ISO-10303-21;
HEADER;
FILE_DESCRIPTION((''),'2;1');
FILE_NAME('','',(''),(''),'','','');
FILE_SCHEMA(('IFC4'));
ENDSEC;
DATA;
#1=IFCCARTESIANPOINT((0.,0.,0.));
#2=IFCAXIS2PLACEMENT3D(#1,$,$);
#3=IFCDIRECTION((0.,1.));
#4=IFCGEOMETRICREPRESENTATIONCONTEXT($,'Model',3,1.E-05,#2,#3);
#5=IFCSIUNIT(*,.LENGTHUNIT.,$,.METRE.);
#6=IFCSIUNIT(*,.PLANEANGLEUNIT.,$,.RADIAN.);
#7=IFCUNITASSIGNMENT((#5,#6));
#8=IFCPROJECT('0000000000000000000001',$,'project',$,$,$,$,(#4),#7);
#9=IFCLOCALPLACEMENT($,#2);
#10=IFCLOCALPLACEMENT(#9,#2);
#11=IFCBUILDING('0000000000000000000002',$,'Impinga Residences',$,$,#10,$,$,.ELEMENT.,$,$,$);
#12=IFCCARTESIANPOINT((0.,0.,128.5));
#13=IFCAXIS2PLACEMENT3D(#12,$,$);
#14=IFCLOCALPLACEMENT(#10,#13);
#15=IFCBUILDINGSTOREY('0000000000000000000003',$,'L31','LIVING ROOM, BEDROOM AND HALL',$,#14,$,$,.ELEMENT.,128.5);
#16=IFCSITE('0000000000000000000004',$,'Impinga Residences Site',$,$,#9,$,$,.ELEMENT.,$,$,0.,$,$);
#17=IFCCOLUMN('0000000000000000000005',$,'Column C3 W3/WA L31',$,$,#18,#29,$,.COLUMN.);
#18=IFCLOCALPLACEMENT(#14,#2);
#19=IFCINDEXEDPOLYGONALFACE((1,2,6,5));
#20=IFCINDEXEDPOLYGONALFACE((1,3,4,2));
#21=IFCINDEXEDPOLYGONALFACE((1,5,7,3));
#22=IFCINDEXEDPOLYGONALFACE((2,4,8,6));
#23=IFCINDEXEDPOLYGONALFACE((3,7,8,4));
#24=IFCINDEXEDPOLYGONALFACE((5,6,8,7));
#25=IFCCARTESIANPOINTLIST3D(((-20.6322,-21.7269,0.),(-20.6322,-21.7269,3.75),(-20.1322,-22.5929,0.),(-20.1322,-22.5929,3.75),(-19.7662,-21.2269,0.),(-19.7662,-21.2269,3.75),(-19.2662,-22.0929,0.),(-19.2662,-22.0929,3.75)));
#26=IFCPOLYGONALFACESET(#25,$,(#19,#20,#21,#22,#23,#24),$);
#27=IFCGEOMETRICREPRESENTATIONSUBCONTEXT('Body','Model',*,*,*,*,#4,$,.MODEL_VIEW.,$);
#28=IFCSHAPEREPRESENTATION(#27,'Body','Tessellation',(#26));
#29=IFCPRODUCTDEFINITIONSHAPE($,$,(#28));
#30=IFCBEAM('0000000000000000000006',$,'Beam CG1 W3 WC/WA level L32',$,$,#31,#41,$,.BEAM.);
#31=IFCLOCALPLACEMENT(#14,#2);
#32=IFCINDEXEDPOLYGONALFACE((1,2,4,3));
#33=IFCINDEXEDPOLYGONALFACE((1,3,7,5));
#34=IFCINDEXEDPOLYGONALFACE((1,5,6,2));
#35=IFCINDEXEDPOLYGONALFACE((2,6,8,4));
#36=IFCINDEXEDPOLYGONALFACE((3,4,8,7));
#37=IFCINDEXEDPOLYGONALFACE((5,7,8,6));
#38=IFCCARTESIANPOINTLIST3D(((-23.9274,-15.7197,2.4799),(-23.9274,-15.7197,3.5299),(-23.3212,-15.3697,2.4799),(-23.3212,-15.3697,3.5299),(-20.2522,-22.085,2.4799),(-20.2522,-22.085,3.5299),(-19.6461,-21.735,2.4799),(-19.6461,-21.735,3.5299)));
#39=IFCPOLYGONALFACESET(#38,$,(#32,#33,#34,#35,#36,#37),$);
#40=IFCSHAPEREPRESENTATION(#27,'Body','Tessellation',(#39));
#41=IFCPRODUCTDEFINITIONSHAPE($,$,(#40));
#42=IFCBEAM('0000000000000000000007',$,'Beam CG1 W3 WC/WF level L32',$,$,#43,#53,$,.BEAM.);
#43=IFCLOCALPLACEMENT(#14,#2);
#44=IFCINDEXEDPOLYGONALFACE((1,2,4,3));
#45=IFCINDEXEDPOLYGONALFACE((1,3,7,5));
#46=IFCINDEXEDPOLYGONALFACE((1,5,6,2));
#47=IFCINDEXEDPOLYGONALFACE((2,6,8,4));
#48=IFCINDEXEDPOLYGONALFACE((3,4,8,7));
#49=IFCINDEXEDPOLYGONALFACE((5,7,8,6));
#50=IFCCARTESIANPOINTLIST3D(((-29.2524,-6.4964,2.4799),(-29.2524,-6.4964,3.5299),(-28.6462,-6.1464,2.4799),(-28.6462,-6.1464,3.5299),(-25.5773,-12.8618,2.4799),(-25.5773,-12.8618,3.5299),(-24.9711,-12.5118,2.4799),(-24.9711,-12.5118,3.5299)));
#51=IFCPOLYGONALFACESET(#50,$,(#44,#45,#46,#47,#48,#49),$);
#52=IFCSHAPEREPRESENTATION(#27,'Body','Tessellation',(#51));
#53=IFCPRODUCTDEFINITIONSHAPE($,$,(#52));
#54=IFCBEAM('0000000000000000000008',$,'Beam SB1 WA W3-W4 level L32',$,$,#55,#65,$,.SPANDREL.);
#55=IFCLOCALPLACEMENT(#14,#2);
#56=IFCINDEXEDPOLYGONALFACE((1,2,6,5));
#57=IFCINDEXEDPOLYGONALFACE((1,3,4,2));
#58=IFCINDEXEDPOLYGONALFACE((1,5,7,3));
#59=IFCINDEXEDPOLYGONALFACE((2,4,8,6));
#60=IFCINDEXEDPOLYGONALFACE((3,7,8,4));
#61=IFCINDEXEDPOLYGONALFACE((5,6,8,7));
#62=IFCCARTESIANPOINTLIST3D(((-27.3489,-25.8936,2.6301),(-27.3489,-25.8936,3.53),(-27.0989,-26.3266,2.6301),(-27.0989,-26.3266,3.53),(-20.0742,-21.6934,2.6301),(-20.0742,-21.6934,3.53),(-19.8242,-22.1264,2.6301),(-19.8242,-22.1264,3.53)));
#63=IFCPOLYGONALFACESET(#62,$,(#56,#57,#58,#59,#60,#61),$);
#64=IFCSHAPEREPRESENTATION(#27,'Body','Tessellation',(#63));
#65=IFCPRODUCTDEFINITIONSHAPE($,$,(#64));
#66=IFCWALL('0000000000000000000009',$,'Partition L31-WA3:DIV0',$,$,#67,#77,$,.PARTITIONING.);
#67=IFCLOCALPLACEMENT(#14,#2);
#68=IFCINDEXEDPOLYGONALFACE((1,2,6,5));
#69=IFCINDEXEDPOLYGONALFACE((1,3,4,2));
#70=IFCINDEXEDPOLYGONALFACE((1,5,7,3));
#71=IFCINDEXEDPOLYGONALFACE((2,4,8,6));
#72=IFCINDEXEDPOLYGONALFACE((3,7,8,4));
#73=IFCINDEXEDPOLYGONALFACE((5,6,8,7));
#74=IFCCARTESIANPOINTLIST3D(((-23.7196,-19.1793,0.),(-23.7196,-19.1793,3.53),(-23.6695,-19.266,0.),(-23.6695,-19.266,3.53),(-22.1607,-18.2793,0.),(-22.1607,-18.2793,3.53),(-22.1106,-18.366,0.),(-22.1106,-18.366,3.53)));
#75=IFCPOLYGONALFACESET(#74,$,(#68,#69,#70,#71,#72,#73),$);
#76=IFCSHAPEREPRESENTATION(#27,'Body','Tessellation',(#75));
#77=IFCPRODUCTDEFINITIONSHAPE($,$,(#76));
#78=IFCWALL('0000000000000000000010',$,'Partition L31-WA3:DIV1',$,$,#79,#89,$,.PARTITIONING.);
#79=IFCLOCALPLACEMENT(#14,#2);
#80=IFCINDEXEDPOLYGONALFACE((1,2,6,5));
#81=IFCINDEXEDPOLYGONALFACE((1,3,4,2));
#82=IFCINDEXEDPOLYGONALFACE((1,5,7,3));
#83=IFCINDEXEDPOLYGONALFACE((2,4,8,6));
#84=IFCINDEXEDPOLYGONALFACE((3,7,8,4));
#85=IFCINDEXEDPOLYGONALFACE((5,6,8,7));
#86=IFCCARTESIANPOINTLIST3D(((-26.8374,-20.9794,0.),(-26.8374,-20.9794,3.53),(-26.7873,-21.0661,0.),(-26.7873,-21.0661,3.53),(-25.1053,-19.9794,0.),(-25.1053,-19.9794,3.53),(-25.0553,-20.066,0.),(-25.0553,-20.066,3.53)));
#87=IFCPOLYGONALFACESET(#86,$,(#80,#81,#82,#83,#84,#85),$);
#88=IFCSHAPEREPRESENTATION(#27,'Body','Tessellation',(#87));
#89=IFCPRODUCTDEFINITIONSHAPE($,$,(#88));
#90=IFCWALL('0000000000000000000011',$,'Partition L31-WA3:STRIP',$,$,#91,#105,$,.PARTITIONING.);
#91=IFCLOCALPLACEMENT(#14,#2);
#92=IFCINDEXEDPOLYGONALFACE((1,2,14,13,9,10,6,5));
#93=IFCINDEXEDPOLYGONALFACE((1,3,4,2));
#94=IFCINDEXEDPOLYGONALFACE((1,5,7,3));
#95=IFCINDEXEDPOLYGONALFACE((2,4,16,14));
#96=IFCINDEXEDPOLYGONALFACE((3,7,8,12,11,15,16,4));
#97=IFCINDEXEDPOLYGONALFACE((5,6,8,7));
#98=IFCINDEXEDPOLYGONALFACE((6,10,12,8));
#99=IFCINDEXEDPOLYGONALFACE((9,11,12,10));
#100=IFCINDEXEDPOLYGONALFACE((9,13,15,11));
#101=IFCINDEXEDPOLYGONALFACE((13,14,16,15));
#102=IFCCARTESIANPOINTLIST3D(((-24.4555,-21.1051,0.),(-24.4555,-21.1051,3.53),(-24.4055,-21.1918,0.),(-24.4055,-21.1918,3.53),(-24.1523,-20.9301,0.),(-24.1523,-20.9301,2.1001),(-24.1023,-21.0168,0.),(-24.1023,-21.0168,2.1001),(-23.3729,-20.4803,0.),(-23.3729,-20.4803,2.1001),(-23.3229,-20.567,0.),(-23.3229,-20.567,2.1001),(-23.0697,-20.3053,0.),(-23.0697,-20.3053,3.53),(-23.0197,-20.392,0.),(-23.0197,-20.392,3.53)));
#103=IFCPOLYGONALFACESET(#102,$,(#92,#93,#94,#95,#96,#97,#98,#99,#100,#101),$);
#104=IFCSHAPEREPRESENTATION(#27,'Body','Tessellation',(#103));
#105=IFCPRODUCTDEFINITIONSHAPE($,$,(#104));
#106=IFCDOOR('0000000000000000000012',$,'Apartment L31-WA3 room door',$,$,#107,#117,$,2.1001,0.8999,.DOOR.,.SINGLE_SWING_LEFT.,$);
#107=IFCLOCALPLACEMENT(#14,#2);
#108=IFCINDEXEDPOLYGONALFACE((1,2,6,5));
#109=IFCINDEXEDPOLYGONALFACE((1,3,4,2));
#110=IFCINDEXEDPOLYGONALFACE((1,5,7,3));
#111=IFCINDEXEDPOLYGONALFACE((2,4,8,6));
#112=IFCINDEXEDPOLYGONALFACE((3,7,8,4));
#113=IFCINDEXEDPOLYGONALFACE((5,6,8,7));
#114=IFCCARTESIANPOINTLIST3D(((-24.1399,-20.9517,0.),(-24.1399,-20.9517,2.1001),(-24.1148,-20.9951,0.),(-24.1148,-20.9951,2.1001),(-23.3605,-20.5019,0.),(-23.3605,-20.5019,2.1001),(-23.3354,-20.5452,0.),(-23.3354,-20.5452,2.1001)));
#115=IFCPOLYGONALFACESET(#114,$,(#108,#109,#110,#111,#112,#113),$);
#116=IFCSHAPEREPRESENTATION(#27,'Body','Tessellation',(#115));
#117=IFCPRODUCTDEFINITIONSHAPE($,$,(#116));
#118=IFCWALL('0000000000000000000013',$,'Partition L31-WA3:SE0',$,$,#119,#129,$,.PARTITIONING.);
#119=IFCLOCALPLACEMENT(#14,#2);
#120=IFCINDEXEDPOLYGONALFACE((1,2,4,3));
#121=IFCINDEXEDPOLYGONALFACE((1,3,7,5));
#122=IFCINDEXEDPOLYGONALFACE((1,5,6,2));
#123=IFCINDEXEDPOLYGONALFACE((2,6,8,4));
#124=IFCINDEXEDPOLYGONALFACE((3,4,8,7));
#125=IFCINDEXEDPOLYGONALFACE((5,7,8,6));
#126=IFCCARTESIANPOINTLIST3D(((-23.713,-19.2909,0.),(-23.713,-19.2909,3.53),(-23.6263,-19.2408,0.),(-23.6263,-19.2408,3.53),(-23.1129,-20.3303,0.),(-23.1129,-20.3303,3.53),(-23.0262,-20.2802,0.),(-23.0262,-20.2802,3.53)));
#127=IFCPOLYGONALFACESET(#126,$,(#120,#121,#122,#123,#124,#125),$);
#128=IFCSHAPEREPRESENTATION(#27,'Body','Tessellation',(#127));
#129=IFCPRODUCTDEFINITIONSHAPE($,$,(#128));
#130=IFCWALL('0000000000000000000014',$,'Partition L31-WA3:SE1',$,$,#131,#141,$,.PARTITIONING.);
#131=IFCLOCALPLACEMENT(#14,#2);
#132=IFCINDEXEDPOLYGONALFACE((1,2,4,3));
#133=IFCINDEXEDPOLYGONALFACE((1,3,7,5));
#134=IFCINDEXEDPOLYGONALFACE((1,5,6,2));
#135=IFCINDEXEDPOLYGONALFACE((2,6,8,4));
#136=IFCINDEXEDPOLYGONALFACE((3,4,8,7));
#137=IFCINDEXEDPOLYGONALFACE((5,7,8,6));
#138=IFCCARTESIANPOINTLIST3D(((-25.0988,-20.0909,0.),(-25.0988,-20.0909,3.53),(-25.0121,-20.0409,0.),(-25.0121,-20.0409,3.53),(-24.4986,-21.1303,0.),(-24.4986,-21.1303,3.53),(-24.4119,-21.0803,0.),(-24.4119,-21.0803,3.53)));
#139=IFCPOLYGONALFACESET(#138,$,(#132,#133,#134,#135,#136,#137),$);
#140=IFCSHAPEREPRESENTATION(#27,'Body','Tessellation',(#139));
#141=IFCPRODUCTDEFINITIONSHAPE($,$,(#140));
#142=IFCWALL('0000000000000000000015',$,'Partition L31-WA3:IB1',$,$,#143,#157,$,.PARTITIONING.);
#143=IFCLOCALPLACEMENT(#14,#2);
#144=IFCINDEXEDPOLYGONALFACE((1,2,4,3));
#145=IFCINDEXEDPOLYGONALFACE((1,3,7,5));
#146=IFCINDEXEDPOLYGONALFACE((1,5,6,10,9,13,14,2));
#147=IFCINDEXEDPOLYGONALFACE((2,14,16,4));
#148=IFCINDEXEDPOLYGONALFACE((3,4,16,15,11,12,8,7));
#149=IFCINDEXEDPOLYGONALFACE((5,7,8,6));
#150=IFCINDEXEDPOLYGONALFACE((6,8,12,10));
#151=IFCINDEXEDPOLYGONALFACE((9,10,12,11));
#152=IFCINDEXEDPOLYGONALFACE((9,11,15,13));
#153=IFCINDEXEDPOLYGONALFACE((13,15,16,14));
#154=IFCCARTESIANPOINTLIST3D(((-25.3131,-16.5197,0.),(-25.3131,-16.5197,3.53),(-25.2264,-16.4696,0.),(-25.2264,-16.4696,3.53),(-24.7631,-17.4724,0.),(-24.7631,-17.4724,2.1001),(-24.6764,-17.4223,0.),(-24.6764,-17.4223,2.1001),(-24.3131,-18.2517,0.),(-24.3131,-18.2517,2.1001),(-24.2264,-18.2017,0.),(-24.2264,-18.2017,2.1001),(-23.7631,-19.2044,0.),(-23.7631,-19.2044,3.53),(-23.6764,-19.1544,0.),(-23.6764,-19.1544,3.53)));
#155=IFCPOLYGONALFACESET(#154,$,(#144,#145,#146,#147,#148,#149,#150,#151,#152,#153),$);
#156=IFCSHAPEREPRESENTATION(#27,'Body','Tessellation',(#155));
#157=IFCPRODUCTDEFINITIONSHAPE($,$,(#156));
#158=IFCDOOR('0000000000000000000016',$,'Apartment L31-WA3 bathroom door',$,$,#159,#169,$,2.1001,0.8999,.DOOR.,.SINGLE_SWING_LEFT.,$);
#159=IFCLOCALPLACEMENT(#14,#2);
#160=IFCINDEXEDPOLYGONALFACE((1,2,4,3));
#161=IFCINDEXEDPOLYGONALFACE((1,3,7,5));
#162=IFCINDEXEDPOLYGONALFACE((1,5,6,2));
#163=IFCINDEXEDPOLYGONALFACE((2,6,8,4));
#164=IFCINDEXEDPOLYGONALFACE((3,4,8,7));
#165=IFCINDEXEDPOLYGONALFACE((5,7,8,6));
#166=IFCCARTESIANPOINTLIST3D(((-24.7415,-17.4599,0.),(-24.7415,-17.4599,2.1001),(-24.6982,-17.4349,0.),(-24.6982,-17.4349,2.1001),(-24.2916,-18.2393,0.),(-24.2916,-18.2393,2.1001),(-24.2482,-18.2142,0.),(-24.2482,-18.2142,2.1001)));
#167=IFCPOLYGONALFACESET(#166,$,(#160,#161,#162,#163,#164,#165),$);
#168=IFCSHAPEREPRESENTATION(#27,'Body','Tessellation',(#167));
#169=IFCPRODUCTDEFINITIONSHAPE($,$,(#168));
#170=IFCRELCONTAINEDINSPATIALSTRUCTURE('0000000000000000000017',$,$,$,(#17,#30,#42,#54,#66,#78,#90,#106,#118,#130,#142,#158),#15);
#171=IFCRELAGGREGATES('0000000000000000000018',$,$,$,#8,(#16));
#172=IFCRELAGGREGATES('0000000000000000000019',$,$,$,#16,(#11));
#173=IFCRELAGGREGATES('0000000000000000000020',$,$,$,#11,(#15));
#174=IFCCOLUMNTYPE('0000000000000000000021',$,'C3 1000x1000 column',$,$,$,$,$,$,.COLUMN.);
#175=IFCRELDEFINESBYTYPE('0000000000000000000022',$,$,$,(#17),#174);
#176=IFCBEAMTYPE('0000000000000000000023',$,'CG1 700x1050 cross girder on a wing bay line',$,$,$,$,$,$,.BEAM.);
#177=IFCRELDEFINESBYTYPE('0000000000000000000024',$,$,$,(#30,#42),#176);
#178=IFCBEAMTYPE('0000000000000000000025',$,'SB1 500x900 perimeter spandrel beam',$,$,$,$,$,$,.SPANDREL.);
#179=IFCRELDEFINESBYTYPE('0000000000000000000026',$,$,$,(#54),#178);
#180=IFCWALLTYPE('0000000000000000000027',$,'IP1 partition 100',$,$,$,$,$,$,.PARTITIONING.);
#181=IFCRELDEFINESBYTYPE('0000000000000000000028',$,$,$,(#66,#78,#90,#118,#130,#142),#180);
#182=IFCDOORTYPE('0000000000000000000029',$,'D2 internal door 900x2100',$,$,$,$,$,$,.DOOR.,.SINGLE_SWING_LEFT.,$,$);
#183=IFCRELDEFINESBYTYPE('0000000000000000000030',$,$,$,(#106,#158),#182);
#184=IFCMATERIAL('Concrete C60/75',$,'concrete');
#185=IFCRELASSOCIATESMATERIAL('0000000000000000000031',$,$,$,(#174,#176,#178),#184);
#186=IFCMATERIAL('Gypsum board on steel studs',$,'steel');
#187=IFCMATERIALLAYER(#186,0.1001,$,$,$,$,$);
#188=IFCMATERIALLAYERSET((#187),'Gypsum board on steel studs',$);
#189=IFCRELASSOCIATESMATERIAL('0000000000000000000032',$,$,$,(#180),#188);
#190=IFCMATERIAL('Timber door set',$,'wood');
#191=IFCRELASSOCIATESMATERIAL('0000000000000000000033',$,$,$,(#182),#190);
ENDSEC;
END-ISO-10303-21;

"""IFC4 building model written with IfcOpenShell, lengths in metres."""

from ifc_helpers import new_model, si_unit, direction, frame, frame_2d, origin, origin_2d, place, context, subcontext, project, spatial, rectangle, extrude, material, layer, layer_set, material_profile, profile_set, type_object, element, fill, save


model = new_model("IFC4")

# Units and contexts
model_context = context("Model", 3, precision=1e-05, world=origin(), true_north=direction((0.0, 1.0)))
body_context = subcontext(model_context, "Body", "Model", "MODEL_VIEW")
ifc_project = project(units=[si_unit("LENGTHUNIT", "METRE"), si_unit("PLANEANGLEUNIT", "RADIAN")], contexts=[model_context])

# Site, building, storey
site_placement = place(None, origin())
site = spatial("IfcSite", under=ifc_project, at=site_placement, Name="Impinga Residences Site", CompositionType="ELEMENT", RefElevation=0.0)
building_placement = place(site_placement, origin())
building = spatial("IfcBuilding", under=site, at=building_placement, Name="Impinga Residences", CompositionType="ELEMENT")
storey_placement = place(building_placement, frame((0.0, 0.0, 128.5)))
storey = spatial("IfcBuildingStorey", under=building, at=storey_placement, Name="L31", Description="LIVING ROOM, BEDROOM AND HALL", CompositionType="ELEMENT", Elevation=128.5)

# Column
ifc_material_1 = material(Name="Concrete C60/75", Category="concrete")
ifc_material_profile_1 = material_profile(ifc_material_1, rectangle(XDim=1.0, YDim=1.0, at=origin_2d()), Name="RC 1000x1000")
ifc_profile_set_1 = profile_set([ifc_material_profile_1], Name="Concrete C60/75")
column_type = type_object("IfcColumnType", Name="C3 1000x1000 column", PredefinedType="COLUMN", material=ifc_profile_set_1)
column_placement = place(storey_placement, frame((-19.9492, -21.9099, 0.0), z_axis=(0.0, 0.0, 1.0), x_axis=(-0.5, 0.866025, 0.0)))
element("IfcColumn", 1, at=column_placement, inside=storey, type_object=column_type, Name="Column C3 W3/WA L31", PredefinedType="COLUMN", context=body_context, shape_type="SweptSolid", body=[
    extrude(rectangle(XDim=1.0, YDim=1.0, at=origin_2d()), origin(), (0.0, 0.0, 1.0), 3.75),
])

# Beams
ifc_material_profile_2 = material_profile(ifc_material_1, rectangle(XDim=0.7, YDim=1.05, at=origin_2d()), Name="RC 700x1050")
ifc_profile_set_2 = profile_set([ifc_material_profile_2], Name="Concrete C60/75")
beam_type_1 = type_object("IfcBeamType", Name="CG1 700x1050 cross girder on a wing bay line", PredefinedType="BEAM", material=ifc_profile_set_2)
for number, where, z_axis, x_axis, name in (
    (2, (-23.6243, -15.5447, 3.0049), (0.500008, -0.866021, 0.0), (0.866021, 0.500008, 0.0), "Beam CG1 W3 WC/WA level L32"),
    (3, (-25.2742, -12.6868, 3.0049), (-0.500008, 0.866021, 0.0), (-0.866021, -0.500008, 0.0), "Beam CG1 W3 WC/WF level L32"),
):
    element("IfcBeam", number, at=place(storey_placement, frame(where, z_axis=z_axis, x_axis=x_axis)), inside=storey, type_object=beam_type_1, Name=name, PredefinedType="BEAM", context=body_context, shape_type="SweptSolid", body=[
        extrude(rectangle(XDim=0.7, YDim=1.05, at=origin_2d()), origin(), (0.0, 0.0, 1.0), 7.3501),
    ])
ifc_material_profile_3 = material_profile(ifc_material_1, rectangle(XDim=0.5, YDim=0.8999, at=origin_2d()), Name="RC 500x900")
ifc_profile_set_3 = profile_set([ifc_material_profile_3], Name="Concrete C60/75")
beam_type_2 = type_object("IfcBeamType", Name="SB1 500x900 perimeter spandrel beam", PredefinedType="SPANDREL", material=ifc_profile_set_3)
beam_placement = place(storey_placement, frame((-19.9492, -21.9099, 3.0801), z_axis=(-0.866017, -0.500015, 0.0), x_axis=(0.500015, -0.866017, 0.0)))
element("IfcBeam", 4, at=beam_placement, inside=storey, type_object=beam_type_2, Name="Beam SB1 WA W3-W4 level L32", PredefinedType="SPANDREL", context=body_context, shape_type="SweptSolid", body=[
    extrude(rectangle(XDim=0.5, YDim=0.8999, at=origin_2d()), origin(), (0.0, 0.0, 1.0), 8.4001),
])

# Walls
ifc_material_2 = material(Name="Gypsum board on steel studs", Category="steel")
ifc_layer_1 = layer(ifc_material_2, 0.1001)
ifc_layer_set_1 = layer_set([ifc_layer_1], Name="Gypsum board on steel studs")
wall_type_1 = type_object("IfcWallType", Name="IP1 partition 100", PredefinedType="PARTITIONING", material=ifc_layer_set_1)
wall_1_placement = place(storey_placement, frame((-22.1357, -18.3228, 0.0), z_axis=(0.0, 0.0, 1.0), x_axis=(-0.866048, -0.499961, 0.0)))
element("IfcWall", 5, at=wall_1_placement, inside=storey, type_object=wall_type_1, Name="Partition L31-WA3:DIV0", PredefinedType="PARTITIONING", context=body_context, shape_type="SweptSolid", body=[
    extrude(rectangle(XDim=1.8, YDim=0.1001, at=frame_2d((0.8999, 0.0))), origin(), (0.0, 0.0, 1.0), 3.53),
])
wall_2_placement = place(storey_placement, frame((-25.0803, -20.0227, 0.0), z_axis=(0.0, 0.0, 1.0), x_axis=(-0.866011, -0.500025, 0.0)))
element("IfcWall", 6, at=wall_2_placement, inside=storey, type_object=wall_type_1, Name="Partition L31-WA3:DIV1", PredefinedType="PARTITIONING", context=body_context, shape_type="SweptSolid", body=[
    extrude(rectangle(XDim=2.0, YDim=0.1001, at=frame_2d((1.0, 0.0))), origin(), (0.0, 0.0, 1.0), 3.53),
])

# Wall, opening, door
wall_3_placement = place(storey_placement, frame((-23.0447, -20.3486, 0.0), z_axis=(0.0, 0.0, 1.0), x_axis=(-0.866094, -0.499881, 0.0)))
wall_3 = element("IfcWall", 7, at=wall_3_placement, inside=storey, type_object=wall_type_1, Name="Partition L31-WA3:STRIP", PredefinedType="PARTITIONING", context=body_context, shape_type="SweptSolid", body=[
    extrude(rectangle(XDim=1.6001, YDim=0.1001, at=frame_2d((0.8, 0.0))), origin(), (0.0, 0.0, 1.0), 3.53),
])
opening_1_placement = place(wall_3_placement, frame((0.3501, 0.0, 0.0)))
opening_1 = element("IfcOpeningElement", 8, at=opening_1_placement, cuts=wall_3, PredefinedType="OPENING", context=body_context, shape_type="SweptSolid", body=[
    extrude(rectangle(XDim=0.8999, YDim=2.1001, at=frame_2d((0.45, 1.05))), frame((0.0, 0.0601, 0.0), z_axis=(0.0, -1.0, 0.0), x_axis=(1.0, 0.0, 0.0)), (0.0, 0.0, 1.0), 0.1201),
])
ifc_material_3 = material(Name="Timber door set", Category="wood")
door_type = type_object("IfcDoorType", Name="D2 internal door 900x2100", OperationType="SINGLE_SWING_LEFT", PredefinedType="DOOR", material=ifc_material_3)
door_1_placement = place(opening_1_placement, origin())
door_1 = element("IfcDoor", 9, at=door_1_placement, inside=storey, type_object=door_type, Name="Apartment L31-WA3 room door", OperationType="SINGLE_SWING_LEFT", OverallHeight=2.1001, OverallWidth=0.8999, PredefinedType="DOOR", context=body_context, shape_type="SweptSolid", body=[
    extrude(rectangle(XDim=0.8999, YDim=2.1001, at=frame_2d((0.45, 1.05))), frame((0.0, 0.0249, 0.0), z_axis=(0.0, -1.0, 0.0), x_axis=(1.0, 0.0, 0.0)), (0.0, 0.0, 1.0), 0.05),
])
fill(opening_1, door_1)

# Walls
for number, where, z_axis, x_axis, name in (
    (10, (-23.6697, -19.2659, 0.0), (0.0, 0.0, 1.0), (0.500034, -0.866006, 0.0), "Partition L31-WA3:SE0"),
    (11, (-25.0554, -20.0659, 0.0), (0.0, 0.0, 1.0), (0.500034, -0.866006, 0.0), "Partition L31-WA3:SE1"),
):
    element("IfcWall", number, at=place(storey_placement, frame(where, z_axis=z_axis, x_axis=x_axis)), inside=storey, type_object=wall_type_1, Name=name, PredefinedType="PARTITIONING", context=body_context, shape_type="SweptSolid", body=[
        extrude(rectangle(XDim=1.2002, YDim=0.1001, at=frame_2d((0.6001, 0.0))), origin(), (0.0, 0.0, 1.0), 3.53),
    ])

# Wall, opening, door
wall_4_placement = place(storey_placement, frame((-25.2698, -16.4946, 0.0), z_axis=(0.0, 0.0, 1.0), x_axis=(0.499993, -0.86603, 0.0)))
wall_4 = element("IfcWall", 12, at=wall_4_placement, inside=storey, type_object=wall_type_1, Name="Partition L31-WA3:IB1", PredefinedType="PARTITIONING", context=body_context, shape_type="SweptSolid", body=[
    extrude(rectangle(XDim=3.1001, YDim=0.1001, at=frame_2d((1.55, 0.0))), origin(), (0.0, 0.0, 1.0), 3.53),
])
opening_2_placement = place(wall_4_placement, frame((1.1001, 0.0, 0.0)))
opening_2 = element("IfcOpeningElement", 13, at=opening_2_placement, cuts=wall_4, PredefinedType="OPENING", context=body_context, shape_type="SweptSolid", body=[
    extrude(rectangle(XDim=0.8999, YDim=2.1001, at=frame_2d((0.45, 1.05))), frame((0.0, 0.0601, 0.0), z_axis=(0.0, -1.0, 0.0), x_axis=(1.0, 0.0, 0.0)), (0.0, 0.0, 1.0), 0.1201),
])
door_2_placement = place(opening_2_placement, origin())
door_2 = element("IfcDoor", 14, at=door_2_placement, inside=storey, type_object=door_type, Name="Apartment L31-WA3 bathroom door", OperationType="SINGLE_SWING_LEFT", OverallHeight=2.1001, OverallWidth=0.8999, PredefinedType="DOOR", context=body_context, shape_type="SweptSolid", body=[
    extrude(rectangle(XDim=0.8999, YDim=2.1001, at=frame_2d((0.45, 1.05))), frame((0.0, 0.0249, 0.0), z_axis=(0.0, -1.0, 0.0), x_axis=(1.0, 0.0, 0.0)), (0.0, 0.0, 1.0), 0.05),
])
fill(opening_2, door_2)

save(model, "model.ifc")
